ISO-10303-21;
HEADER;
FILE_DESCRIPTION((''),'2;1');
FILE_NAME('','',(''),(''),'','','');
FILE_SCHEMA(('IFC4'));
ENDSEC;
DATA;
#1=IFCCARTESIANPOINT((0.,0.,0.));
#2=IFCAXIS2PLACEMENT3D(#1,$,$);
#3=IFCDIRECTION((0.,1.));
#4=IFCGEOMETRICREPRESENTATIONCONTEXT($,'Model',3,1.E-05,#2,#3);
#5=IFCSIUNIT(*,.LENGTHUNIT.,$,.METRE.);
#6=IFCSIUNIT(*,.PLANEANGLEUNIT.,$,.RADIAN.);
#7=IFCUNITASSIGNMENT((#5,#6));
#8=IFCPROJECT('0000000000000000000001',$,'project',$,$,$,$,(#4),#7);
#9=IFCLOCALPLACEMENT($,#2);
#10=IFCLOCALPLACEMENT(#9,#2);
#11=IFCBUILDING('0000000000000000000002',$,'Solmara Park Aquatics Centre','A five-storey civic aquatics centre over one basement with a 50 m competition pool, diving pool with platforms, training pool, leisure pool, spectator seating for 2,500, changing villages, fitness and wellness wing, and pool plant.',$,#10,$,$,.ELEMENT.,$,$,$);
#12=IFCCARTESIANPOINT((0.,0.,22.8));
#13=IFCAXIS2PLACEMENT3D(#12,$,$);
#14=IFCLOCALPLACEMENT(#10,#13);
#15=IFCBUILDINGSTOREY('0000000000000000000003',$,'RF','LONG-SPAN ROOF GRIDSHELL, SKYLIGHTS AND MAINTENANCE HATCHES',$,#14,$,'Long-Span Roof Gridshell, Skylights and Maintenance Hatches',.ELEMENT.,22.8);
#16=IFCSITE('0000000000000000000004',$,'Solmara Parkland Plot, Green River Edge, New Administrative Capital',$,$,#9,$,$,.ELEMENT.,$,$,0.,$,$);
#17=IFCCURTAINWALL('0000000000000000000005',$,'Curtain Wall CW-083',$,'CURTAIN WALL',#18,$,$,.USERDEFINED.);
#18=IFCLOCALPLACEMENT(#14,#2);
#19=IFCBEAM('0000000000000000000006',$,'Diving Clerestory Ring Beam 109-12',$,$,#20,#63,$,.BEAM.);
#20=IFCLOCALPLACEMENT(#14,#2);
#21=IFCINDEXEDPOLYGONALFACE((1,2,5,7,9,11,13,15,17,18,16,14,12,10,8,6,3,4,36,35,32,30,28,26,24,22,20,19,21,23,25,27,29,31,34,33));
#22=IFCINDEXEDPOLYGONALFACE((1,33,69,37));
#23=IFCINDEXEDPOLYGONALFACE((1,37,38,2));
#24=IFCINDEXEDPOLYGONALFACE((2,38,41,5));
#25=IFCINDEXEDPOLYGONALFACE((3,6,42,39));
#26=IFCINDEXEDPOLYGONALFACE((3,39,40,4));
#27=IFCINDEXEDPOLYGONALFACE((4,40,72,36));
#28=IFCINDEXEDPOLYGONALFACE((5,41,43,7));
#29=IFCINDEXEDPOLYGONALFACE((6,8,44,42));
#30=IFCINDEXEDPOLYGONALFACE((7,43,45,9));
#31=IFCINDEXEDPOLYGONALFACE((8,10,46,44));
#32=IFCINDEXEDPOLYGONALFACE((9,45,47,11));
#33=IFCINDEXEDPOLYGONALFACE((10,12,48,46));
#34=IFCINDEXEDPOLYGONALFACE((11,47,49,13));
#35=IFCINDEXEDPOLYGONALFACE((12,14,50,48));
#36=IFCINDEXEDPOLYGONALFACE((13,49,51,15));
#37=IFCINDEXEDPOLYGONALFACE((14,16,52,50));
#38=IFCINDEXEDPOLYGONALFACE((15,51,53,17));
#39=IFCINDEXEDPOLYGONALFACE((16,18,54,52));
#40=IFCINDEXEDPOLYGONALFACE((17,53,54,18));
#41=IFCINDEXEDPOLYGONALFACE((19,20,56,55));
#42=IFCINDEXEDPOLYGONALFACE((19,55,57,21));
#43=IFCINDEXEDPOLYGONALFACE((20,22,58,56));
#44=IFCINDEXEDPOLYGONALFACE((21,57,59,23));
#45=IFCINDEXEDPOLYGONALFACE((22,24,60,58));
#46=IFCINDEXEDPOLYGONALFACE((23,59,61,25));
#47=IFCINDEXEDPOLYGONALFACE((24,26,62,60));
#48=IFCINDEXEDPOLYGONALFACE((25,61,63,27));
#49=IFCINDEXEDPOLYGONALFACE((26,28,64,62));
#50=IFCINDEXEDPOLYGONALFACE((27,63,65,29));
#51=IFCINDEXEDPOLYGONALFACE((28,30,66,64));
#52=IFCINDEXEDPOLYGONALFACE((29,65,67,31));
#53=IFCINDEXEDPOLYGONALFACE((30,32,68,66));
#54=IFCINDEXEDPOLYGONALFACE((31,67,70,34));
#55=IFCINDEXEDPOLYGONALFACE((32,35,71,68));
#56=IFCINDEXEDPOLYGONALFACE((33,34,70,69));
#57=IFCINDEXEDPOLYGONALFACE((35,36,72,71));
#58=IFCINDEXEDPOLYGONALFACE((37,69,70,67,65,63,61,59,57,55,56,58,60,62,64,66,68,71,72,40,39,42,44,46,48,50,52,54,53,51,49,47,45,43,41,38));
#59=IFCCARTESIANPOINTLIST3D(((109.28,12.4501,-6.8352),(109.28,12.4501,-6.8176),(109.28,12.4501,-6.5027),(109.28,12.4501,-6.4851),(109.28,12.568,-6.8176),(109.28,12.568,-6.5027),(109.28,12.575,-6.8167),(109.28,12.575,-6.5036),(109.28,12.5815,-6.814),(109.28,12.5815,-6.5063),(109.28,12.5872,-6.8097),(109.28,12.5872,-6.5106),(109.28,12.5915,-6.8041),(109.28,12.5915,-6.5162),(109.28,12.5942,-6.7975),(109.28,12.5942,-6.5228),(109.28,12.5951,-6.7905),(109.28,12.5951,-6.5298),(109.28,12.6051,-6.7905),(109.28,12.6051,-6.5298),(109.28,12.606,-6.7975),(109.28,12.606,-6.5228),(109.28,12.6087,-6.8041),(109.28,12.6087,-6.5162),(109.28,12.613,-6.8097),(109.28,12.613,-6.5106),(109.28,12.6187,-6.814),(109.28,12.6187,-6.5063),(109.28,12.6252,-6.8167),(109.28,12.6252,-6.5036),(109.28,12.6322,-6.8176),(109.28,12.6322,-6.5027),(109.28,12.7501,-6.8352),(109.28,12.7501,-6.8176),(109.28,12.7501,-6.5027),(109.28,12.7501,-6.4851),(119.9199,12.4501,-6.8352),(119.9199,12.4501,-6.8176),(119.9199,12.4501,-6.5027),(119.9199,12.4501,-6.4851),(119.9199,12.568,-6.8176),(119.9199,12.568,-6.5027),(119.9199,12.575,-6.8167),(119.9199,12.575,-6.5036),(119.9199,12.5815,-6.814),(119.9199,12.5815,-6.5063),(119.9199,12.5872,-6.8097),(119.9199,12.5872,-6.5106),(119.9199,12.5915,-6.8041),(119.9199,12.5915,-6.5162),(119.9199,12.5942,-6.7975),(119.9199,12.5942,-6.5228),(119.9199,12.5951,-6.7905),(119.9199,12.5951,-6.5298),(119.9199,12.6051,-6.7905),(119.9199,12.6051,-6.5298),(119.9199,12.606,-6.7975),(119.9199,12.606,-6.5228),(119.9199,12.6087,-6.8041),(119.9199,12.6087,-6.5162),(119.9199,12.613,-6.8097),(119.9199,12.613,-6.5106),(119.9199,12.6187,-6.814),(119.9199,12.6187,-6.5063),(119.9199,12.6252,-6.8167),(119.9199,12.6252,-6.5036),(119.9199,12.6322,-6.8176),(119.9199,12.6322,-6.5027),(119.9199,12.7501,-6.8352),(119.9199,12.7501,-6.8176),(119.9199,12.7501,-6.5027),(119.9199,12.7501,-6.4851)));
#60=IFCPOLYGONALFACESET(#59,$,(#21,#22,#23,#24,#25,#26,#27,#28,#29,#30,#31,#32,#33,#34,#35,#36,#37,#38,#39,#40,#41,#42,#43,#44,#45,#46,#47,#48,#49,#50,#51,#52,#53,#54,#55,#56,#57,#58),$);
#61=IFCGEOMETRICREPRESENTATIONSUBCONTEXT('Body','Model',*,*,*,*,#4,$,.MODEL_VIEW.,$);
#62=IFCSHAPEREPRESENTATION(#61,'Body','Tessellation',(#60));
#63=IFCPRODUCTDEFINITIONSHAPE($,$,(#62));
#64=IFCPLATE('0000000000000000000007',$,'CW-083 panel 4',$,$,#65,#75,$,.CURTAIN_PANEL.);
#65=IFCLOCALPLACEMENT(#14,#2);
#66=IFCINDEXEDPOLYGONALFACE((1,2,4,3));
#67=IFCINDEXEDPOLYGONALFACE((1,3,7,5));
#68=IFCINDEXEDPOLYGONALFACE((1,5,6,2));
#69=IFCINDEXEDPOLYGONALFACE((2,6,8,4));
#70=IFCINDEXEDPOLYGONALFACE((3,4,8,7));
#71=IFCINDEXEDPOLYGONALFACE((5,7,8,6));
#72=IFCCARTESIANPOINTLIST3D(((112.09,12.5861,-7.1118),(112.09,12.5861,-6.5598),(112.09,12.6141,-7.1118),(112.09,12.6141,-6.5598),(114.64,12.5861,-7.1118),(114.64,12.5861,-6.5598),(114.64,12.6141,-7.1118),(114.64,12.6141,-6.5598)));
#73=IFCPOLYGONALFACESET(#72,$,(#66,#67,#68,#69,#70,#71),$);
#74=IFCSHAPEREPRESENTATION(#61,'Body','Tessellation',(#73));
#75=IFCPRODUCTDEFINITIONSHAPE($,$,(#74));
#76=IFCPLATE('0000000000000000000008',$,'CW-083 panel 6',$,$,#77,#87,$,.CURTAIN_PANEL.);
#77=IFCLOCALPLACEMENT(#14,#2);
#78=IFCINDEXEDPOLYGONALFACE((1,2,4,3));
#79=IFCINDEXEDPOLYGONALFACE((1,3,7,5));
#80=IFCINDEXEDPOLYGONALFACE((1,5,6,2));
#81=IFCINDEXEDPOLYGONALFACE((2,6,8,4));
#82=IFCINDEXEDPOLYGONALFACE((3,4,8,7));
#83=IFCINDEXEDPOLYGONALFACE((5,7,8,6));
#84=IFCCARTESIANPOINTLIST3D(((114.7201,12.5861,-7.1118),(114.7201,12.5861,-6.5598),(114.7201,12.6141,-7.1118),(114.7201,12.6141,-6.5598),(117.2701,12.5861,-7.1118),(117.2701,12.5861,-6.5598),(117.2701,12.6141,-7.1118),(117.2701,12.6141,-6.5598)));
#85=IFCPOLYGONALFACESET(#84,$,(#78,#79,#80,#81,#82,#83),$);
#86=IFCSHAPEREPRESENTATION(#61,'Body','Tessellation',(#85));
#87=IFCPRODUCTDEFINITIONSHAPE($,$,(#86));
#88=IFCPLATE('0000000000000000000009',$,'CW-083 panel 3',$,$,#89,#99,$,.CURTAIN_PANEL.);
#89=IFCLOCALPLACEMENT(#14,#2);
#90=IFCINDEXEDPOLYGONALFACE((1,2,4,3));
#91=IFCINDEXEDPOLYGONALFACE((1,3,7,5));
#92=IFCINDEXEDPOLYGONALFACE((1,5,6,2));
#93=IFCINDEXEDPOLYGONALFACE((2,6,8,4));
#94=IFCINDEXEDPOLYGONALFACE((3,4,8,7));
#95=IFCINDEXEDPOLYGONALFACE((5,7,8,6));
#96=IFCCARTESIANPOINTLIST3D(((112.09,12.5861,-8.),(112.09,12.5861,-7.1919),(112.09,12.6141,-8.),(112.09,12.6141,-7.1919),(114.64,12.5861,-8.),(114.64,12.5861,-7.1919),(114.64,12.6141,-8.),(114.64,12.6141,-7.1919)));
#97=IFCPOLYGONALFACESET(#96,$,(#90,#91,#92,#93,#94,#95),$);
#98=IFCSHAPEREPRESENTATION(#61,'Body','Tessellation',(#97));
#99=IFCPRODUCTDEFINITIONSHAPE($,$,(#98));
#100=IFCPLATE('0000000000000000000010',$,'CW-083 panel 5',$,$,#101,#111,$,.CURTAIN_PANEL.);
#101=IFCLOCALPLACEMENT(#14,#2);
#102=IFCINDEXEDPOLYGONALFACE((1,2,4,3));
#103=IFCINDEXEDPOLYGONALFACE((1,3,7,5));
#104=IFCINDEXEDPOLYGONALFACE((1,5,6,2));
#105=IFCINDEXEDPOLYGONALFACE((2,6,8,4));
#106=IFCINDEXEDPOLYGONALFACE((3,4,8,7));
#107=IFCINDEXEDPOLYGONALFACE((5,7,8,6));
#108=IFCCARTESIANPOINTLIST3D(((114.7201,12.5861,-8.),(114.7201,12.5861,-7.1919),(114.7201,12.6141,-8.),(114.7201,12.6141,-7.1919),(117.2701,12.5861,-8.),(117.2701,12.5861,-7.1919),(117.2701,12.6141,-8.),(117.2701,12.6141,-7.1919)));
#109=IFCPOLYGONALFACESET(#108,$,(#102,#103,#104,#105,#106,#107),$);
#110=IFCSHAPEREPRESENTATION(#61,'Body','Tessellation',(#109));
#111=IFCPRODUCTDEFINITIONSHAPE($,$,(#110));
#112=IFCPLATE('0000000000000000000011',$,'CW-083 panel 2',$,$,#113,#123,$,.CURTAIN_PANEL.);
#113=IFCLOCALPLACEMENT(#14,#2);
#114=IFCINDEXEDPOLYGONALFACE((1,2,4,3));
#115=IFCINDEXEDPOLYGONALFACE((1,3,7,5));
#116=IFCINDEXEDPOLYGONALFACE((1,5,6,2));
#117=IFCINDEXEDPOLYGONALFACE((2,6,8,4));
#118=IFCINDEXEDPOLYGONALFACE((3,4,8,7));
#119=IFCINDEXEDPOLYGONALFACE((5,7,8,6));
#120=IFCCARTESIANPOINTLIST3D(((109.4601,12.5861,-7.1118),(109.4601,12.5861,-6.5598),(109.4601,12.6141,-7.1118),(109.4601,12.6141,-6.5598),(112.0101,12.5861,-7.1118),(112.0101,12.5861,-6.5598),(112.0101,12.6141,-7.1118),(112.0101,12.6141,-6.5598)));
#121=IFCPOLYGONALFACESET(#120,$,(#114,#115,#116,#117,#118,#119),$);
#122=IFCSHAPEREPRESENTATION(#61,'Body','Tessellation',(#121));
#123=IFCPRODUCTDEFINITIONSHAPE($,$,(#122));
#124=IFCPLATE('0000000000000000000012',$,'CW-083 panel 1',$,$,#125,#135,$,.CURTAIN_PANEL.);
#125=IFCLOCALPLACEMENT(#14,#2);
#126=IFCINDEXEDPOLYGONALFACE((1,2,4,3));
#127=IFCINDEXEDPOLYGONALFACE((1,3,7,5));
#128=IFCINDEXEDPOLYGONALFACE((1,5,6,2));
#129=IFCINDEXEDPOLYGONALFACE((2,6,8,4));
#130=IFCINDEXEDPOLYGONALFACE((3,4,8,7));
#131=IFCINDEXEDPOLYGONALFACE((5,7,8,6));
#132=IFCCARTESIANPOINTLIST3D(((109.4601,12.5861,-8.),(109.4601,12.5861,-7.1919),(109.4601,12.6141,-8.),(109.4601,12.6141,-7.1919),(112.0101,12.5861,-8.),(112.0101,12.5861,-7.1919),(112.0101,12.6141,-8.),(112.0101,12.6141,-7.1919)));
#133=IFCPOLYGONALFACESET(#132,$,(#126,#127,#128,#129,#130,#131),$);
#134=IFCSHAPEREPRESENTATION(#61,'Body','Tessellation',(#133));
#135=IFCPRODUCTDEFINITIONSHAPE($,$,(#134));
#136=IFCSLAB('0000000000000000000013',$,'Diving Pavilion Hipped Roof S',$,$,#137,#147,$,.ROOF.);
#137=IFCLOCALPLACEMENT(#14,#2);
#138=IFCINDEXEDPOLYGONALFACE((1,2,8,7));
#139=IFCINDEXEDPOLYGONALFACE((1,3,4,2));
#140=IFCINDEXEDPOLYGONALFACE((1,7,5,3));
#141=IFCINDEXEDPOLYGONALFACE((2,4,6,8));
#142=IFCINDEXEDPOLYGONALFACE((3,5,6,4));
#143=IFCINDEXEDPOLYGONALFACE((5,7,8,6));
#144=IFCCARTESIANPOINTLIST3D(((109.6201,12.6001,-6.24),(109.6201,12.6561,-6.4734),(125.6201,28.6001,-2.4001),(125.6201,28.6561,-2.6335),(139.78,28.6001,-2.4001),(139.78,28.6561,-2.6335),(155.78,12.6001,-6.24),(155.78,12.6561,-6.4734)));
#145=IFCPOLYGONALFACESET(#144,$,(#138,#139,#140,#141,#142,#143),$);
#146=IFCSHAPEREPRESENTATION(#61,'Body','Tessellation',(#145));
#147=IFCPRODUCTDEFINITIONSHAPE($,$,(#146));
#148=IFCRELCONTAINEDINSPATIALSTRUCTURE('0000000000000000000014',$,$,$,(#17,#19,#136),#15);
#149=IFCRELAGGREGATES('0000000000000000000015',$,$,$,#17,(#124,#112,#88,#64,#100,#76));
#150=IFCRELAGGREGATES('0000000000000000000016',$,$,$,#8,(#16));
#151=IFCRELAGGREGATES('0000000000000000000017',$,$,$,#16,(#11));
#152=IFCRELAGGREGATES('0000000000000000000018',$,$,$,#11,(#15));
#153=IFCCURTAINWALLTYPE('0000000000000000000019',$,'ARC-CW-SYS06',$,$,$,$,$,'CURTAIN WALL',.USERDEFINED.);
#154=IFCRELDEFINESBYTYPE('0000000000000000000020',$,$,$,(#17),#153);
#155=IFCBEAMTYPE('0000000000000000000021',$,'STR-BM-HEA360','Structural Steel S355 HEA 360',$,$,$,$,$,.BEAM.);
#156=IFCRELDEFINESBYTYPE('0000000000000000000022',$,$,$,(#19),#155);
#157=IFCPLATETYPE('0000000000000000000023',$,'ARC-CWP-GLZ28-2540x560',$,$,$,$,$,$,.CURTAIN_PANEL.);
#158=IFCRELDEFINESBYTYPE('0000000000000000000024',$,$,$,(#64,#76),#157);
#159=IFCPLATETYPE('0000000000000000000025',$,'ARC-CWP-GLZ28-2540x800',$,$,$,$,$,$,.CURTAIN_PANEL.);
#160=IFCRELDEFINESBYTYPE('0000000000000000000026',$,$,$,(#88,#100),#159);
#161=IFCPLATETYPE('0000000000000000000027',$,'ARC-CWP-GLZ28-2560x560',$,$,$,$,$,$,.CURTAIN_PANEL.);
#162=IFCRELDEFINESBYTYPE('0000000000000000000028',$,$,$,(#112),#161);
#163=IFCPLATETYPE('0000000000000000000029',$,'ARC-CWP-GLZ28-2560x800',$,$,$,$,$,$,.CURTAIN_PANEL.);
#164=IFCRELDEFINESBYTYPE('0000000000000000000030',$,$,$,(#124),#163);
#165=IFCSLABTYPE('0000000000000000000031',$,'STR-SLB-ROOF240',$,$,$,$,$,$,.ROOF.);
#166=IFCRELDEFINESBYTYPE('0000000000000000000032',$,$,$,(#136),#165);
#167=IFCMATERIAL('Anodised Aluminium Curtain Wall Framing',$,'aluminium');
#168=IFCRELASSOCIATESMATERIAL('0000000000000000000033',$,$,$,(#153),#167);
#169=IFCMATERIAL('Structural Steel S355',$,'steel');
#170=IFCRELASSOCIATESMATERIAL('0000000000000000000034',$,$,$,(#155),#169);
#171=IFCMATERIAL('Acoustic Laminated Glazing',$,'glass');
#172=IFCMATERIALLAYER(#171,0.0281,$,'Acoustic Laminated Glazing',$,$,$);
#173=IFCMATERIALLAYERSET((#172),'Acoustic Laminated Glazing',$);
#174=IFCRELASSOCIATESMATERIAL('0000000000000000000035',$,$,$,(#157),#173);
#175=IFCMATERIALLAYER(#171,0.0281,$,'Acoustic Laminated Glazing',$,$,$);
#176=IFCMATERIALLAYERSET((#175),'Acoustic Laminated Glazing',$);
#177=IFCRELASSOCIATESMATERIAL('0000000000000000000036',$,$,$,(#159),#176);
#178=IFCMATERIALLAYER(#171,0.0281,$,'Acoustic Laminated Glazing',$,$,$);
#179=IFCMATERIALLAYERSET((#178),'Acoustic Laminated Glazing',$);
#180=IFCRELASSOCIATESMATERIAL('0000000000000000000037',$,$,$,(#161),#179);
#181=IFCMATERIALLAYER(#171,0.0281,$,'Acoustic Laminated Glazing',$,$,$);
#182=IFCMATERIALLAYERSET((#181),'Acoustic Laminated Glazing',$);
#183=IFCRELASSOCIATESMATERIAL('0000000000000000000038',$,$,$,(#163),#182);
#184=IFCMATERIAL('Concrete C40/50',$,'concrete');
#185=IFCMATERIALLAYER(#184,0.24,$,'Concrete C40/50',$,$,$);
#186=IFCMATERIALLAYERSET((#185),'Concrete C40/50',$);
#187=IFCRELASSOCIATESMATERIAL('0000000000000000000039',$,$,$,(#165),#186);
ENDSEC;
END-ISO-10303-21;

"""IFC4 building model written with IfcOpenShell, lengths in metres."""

from ifc_helpers import new_model, si_unit, direction, frame, origin, origin_2d, place, context, subcontext, project, spatial, polyline, rectangle, i_section, outline, extrude, material, layer, layer_set, material_profile, profile_set, type_object, element, aggregate, save


model = new_model("IFC4")

# Units and contexts
model_context = context("Model", 3, precision=1e-05, world=origin(), true_north=direction((0.0, 1.0)))
body_context = subcontext(model_context, "Body", "Model", "MODEL_VIEW")
ifc_project = project(units=[si_unit("LENGTHUNIT", "METRE"), si_unit("PLANEANGLEUNIT", "RADIAN")], contexts=[model_context])

# Site, building, storey
site_placement = place(None, origin())
site = spatial("IfcSite", under=ifc_project, at=site_placement, Name="Solmara Parkland Plot, Green River Edge, New Administrative Capital", CompositionType="ELEMENT", RefElevation=0.0)
building_placement = place(site_placement, origin())
building = spatial("IfcBuilding", under=site, at=building_placement, Name="Solmara Park Aquatics Centre", Description="A five-storey civic aquatics centre over one basement with a 50 m competition pool, diving pool with platforms, training pool, leisure pool, spectator seating for 2,500, changing villages, fitness and wellness wing, and pool plant.", CompositionType="ELEMENT")
storey_placement = place(building_placement, frame((0.0, 0.0, 22.8)))
storey = spatial("IfcBuildingStorey", under=building, at=storey_placement, Name="RF", Description="LONG-SPAN ROOF GRIDSHELL, SKYLIGHTS AND MAINTENANCE HATCHES", LongName="Long-Span Roof Gridshell, Skylights and Maintenance Hatches", CompositionType="ELEMENT", Elevation=22.8)

# Curtain wall
ifc_material_1 = material(Name="Anodised Aluminium Curtain Wall Framing", Category="aluminium")
curtain_wall_type = type_object("IfcCurtainWallType", Name="ARC-CW-SYS06", ElementType="CURTAIN WALL", PredefinedType="USERDEFINED", material=ifc_material_1)
curtain_wall_placement = place(storey_placement, origin())
curtain_wall = element("IfcCurtainWall", 1, at=curtain_wall_placement, inside=storey, type_object=curtain_wall_type, Name="Curtain Wall CW-083", ObjectType="CURTAIN WALL", PredefinedType="USERDEFINED")

# Beam
ifc_material_2 = material(Name="Structural Steel S355", Category="steel")
ifc_material_profile_1 = material_profile(ifc_material_2, i_section(OverallWidth=0.3, OverallDepth=0.3501, WebThickness=0.01, FlangeThickness=0.0176, FilletRadius=0.0271, at=origin_2d()), Name="HEA 360")
ifc_profile_set_1 = profile_set([ifc_material_profile_1], Name="Structural Steel S355")
beam_type = type_object("IfcBeamType", Name="STR-BM-HEA360", Description="Structural Steel S355 HEA 360", PredefinedType="BEAM", material=ifc_profile_set_1)
beam_placement = place(storey_placement, frame((109.28, 12.6001, -6.6602), z_axis=(1.0, 0.0, 0.0), x_axis=(0.0, 1.0, 0.0)))
element("IfcBeam", 2, at=beam_placement, inside=storey, type_object=beam_type, Name="Diving Clerestory Ring Beam 109-12", PredefinedType="BEAM", context=body_context, shape_type="SweptSolid", body=[
    extrude(i_section(OverallWidth=0.3, OverallDepth=0.3501, WebThickness=0.01, FlangeThickness=0.0176, FilletRadius=0.0271, at=origin_2d()), origin(), (0.0, 0.0, 1.0), 10.6399),
])

# Plates
ifc_material_3 = material(Name="Acoustic Laminated Glazing", Category="glass")
ifc_layer_1 = layer(ifc_material_3, 0.0281, Name="Acoustic Laminated Glazing")
ifc_layer_set_1 = layer_set([ifc_layer_1], Name="Acoustic Laminated Glazing")
plate_type_1 = type_object("IfcPlateType", Name="ARC-CWP-GLZ28-2540x560", PredefinedType="CURTAIN_PANEL", material=ifc_layer_set_1)
plate_1_placement = place(storey_placement, frame((113.365, 12.6001, -7.1118), z_axis=(0.0, 0.0, 1.0), x_axis=(1.0, 0.0, 0.0)))
plate_1 = element("IfcPlate", 3, at=plate_1_placement, type_object=plate_type_1, Name="CW-083 panel 4", PredefinedType="CURTAIN_PANEL", context=body_context, shape_type="SweptSolid", body=[
    extrude(rectangle(XDim=2.55, YDim=0.0281, at=origin_2d()), origin(), (0.0, 0.0, 1.0), 0.552),
])
plate_2_placement = place(storey_placement, frame((115.9951, 12.6001, -7.1118), z_axis=(0.0, 0.0, 1.0), x_axis=(1.0, 0.0, 0.0)))
plate_2 = element("IfcPlate", 4, at=plate_2_placement, type_object=plate_type_1, Name="CW-083 panel 6", PredefinedType="CURTAIN_PANEL", context=body_context, shape_type="SweptSolid", body=[
    extrude(rectangle(XDim=2.55, YDim=0.0281, at=origin_2d()), origin(), (0.0, 0.0, 1.0), 0.552),
])
ifc_layer_2 = layer(ifc_material_3, 0.0281, Name="Acoustic Laminated Glazing")
ifc_layer_set_2 = layer_set([ifc_layer_2], Name="Acoustic Laminated Glazing")
plate_type_2 = type_object("IfcPlateType", Name="ARC-CWP-GLZ28-2540x800", PredefinedType="CURTAIN_PANEL", material=ifc_layer_set_2)
plate_3_placement = place(storey_placement, frame((113.365, 12.6001, -8.0), z_axis=(0.0, 0.0, 1.0), x_axis=(1.0, 0.0, 0.0)))
plate_3 = element("IfcPlate", 5, at=plate_3_placement, type_object=plate_type_2, Name="CW-083 panel 3", PredefinedType="CURTAIN_PANEL", context=body_context, shape_type="SweptSolid", body=[
    extrude(rectangle(XDim=2.55, YDim=0.0281, at=origin_2d()), origin(), (0.0, 0.0, 1.0), 0.8081),
])
plate_4_placement = place(storey_placement, frame((115.9951, 12.6001, -8.0), z_axis=(0.0, 0.0, 1.0), x_axis=(1.0, 0.0, 0.0)))
plate_4 = element("IfcPlate", 6, at=plate_4_placement, type_object=plate_type_2, Name="CW-083 panel 5", PredefinedType="CURTAIN_PANEL", context=body_context, shape_type="SweptSolid", body=[
    extrude(rectangle(XDim=2.55, YDim=0.0281, at=origin_2d()), origin(), (0.0, 0.0, 1.0), 0.8081),
])
ifc_layer_3 = layer(ifc_material_3, 0.0281, Name="Acoustic Laminated Glazing")
ifc_layer_set_3 = layer_set([ifc_layer_3], Name="Acoustic Laminated Glazing")
plate_type_3 = type_object("IfcPlateType", Name="ARC-CWP-GLZ28-2560x560", PredefinedType="CURTAIN_PANEL", material=ifc_layer_set_3)
plate_5_placement = place(storey_placement, frame((110.7351, 12.6001, -7.1118), z_axis=(0.0, 0.0, 1.0), x_axis=(1.0, 0.0, 0.0)))
plate_5 = element("IfcPlate", 7, at=plate_5_placement, type_object=plate_type_3, Name="CW-083 panel 2", PredefinedType="CURTAIN_PANEL", context=body_context, shape_type="SweptSolid", body=[
    extrude(rectangle(XDim=2.55, YDim=0.0281, at=origin_2d()), origin(), (0.0, 0.0, 1.0), 0.552),
])
ifc_layer_4 = layer(ifc_material_3, 0.0281, Name="Acoustic Laminated Glazing")
ifc_layer_set_4 = layer_set([ifc_layer_4], Name="Acoustic Laminated Glazing")
plate_type_4 = type_object("IfcPlateType", Name="ARC-CWP-GLZ28-2560x800", PredefinedType="CURTAIN_PANEL", material=ifc_layer_set_4)
plate_6_placement = place(storey_placement, frame((110.7351, 12.6001, -8.0), z_axis=(0.0, 0.0, 1.0), x_axis=(1.0, 0.0, 0.0)))
plate_6 = element("IfcPlate", 8, at=plate_6_placement, type_object=plate_type_4, Name="CW-083 panel 1", PredefinedType="CURTAIN_PANEL", context=body_context, shape_type="SweptSolid", body=[
    extrude(rectangle(XDim=2.55, YDim=0.0281, at=origin_2d()), origin(), (0.0, 0.0, 1.0), 0.8081),
])
aggregate(curtain_wall, [plate_6, plate_5, plate_3, plate_1, plate_4, plate_2])

# Slab
ifc_material_4 = material(Name="Concrete C40/50", Category="concrete")
ifc_layer_5 = layer(ifc_material_4, 0.24, Name="Concrete C40/50")
ifc_layer_set_5 = layer_set([ifc_layer_5], Name="Concrete C40/50")
slab_type = type_object("IfcSlabType", Name="STR-SLB-ROOF240", PredefinedType="ROOF", material=ifc_layer_set_5)
slab_placement = place(storey_placement, frame((109.6201, 12.6001, -6.24), z_axis=(0.0, -0.233364, 0.972389), x_axis=(1.0, 0.0, 0.0)))
element("IfcSlab", 9, at=slab_placement, inside=storey, type_object=slab_type, Name="Diving Pavilion Hipped Roof S", PredefinedType="ROOF", context=body_context, shape_type="SweptSolid", body=[
    extrude(outline(polyline([(0.0, 0.0), (46.1599, 0.0), (30.1599, 16.4543), (16.0, 16.4543), (0.0, 0.0)])), origin(), (0.0, 0.0, -1.0), 0.24),
])

save(model, "model.ifc")
